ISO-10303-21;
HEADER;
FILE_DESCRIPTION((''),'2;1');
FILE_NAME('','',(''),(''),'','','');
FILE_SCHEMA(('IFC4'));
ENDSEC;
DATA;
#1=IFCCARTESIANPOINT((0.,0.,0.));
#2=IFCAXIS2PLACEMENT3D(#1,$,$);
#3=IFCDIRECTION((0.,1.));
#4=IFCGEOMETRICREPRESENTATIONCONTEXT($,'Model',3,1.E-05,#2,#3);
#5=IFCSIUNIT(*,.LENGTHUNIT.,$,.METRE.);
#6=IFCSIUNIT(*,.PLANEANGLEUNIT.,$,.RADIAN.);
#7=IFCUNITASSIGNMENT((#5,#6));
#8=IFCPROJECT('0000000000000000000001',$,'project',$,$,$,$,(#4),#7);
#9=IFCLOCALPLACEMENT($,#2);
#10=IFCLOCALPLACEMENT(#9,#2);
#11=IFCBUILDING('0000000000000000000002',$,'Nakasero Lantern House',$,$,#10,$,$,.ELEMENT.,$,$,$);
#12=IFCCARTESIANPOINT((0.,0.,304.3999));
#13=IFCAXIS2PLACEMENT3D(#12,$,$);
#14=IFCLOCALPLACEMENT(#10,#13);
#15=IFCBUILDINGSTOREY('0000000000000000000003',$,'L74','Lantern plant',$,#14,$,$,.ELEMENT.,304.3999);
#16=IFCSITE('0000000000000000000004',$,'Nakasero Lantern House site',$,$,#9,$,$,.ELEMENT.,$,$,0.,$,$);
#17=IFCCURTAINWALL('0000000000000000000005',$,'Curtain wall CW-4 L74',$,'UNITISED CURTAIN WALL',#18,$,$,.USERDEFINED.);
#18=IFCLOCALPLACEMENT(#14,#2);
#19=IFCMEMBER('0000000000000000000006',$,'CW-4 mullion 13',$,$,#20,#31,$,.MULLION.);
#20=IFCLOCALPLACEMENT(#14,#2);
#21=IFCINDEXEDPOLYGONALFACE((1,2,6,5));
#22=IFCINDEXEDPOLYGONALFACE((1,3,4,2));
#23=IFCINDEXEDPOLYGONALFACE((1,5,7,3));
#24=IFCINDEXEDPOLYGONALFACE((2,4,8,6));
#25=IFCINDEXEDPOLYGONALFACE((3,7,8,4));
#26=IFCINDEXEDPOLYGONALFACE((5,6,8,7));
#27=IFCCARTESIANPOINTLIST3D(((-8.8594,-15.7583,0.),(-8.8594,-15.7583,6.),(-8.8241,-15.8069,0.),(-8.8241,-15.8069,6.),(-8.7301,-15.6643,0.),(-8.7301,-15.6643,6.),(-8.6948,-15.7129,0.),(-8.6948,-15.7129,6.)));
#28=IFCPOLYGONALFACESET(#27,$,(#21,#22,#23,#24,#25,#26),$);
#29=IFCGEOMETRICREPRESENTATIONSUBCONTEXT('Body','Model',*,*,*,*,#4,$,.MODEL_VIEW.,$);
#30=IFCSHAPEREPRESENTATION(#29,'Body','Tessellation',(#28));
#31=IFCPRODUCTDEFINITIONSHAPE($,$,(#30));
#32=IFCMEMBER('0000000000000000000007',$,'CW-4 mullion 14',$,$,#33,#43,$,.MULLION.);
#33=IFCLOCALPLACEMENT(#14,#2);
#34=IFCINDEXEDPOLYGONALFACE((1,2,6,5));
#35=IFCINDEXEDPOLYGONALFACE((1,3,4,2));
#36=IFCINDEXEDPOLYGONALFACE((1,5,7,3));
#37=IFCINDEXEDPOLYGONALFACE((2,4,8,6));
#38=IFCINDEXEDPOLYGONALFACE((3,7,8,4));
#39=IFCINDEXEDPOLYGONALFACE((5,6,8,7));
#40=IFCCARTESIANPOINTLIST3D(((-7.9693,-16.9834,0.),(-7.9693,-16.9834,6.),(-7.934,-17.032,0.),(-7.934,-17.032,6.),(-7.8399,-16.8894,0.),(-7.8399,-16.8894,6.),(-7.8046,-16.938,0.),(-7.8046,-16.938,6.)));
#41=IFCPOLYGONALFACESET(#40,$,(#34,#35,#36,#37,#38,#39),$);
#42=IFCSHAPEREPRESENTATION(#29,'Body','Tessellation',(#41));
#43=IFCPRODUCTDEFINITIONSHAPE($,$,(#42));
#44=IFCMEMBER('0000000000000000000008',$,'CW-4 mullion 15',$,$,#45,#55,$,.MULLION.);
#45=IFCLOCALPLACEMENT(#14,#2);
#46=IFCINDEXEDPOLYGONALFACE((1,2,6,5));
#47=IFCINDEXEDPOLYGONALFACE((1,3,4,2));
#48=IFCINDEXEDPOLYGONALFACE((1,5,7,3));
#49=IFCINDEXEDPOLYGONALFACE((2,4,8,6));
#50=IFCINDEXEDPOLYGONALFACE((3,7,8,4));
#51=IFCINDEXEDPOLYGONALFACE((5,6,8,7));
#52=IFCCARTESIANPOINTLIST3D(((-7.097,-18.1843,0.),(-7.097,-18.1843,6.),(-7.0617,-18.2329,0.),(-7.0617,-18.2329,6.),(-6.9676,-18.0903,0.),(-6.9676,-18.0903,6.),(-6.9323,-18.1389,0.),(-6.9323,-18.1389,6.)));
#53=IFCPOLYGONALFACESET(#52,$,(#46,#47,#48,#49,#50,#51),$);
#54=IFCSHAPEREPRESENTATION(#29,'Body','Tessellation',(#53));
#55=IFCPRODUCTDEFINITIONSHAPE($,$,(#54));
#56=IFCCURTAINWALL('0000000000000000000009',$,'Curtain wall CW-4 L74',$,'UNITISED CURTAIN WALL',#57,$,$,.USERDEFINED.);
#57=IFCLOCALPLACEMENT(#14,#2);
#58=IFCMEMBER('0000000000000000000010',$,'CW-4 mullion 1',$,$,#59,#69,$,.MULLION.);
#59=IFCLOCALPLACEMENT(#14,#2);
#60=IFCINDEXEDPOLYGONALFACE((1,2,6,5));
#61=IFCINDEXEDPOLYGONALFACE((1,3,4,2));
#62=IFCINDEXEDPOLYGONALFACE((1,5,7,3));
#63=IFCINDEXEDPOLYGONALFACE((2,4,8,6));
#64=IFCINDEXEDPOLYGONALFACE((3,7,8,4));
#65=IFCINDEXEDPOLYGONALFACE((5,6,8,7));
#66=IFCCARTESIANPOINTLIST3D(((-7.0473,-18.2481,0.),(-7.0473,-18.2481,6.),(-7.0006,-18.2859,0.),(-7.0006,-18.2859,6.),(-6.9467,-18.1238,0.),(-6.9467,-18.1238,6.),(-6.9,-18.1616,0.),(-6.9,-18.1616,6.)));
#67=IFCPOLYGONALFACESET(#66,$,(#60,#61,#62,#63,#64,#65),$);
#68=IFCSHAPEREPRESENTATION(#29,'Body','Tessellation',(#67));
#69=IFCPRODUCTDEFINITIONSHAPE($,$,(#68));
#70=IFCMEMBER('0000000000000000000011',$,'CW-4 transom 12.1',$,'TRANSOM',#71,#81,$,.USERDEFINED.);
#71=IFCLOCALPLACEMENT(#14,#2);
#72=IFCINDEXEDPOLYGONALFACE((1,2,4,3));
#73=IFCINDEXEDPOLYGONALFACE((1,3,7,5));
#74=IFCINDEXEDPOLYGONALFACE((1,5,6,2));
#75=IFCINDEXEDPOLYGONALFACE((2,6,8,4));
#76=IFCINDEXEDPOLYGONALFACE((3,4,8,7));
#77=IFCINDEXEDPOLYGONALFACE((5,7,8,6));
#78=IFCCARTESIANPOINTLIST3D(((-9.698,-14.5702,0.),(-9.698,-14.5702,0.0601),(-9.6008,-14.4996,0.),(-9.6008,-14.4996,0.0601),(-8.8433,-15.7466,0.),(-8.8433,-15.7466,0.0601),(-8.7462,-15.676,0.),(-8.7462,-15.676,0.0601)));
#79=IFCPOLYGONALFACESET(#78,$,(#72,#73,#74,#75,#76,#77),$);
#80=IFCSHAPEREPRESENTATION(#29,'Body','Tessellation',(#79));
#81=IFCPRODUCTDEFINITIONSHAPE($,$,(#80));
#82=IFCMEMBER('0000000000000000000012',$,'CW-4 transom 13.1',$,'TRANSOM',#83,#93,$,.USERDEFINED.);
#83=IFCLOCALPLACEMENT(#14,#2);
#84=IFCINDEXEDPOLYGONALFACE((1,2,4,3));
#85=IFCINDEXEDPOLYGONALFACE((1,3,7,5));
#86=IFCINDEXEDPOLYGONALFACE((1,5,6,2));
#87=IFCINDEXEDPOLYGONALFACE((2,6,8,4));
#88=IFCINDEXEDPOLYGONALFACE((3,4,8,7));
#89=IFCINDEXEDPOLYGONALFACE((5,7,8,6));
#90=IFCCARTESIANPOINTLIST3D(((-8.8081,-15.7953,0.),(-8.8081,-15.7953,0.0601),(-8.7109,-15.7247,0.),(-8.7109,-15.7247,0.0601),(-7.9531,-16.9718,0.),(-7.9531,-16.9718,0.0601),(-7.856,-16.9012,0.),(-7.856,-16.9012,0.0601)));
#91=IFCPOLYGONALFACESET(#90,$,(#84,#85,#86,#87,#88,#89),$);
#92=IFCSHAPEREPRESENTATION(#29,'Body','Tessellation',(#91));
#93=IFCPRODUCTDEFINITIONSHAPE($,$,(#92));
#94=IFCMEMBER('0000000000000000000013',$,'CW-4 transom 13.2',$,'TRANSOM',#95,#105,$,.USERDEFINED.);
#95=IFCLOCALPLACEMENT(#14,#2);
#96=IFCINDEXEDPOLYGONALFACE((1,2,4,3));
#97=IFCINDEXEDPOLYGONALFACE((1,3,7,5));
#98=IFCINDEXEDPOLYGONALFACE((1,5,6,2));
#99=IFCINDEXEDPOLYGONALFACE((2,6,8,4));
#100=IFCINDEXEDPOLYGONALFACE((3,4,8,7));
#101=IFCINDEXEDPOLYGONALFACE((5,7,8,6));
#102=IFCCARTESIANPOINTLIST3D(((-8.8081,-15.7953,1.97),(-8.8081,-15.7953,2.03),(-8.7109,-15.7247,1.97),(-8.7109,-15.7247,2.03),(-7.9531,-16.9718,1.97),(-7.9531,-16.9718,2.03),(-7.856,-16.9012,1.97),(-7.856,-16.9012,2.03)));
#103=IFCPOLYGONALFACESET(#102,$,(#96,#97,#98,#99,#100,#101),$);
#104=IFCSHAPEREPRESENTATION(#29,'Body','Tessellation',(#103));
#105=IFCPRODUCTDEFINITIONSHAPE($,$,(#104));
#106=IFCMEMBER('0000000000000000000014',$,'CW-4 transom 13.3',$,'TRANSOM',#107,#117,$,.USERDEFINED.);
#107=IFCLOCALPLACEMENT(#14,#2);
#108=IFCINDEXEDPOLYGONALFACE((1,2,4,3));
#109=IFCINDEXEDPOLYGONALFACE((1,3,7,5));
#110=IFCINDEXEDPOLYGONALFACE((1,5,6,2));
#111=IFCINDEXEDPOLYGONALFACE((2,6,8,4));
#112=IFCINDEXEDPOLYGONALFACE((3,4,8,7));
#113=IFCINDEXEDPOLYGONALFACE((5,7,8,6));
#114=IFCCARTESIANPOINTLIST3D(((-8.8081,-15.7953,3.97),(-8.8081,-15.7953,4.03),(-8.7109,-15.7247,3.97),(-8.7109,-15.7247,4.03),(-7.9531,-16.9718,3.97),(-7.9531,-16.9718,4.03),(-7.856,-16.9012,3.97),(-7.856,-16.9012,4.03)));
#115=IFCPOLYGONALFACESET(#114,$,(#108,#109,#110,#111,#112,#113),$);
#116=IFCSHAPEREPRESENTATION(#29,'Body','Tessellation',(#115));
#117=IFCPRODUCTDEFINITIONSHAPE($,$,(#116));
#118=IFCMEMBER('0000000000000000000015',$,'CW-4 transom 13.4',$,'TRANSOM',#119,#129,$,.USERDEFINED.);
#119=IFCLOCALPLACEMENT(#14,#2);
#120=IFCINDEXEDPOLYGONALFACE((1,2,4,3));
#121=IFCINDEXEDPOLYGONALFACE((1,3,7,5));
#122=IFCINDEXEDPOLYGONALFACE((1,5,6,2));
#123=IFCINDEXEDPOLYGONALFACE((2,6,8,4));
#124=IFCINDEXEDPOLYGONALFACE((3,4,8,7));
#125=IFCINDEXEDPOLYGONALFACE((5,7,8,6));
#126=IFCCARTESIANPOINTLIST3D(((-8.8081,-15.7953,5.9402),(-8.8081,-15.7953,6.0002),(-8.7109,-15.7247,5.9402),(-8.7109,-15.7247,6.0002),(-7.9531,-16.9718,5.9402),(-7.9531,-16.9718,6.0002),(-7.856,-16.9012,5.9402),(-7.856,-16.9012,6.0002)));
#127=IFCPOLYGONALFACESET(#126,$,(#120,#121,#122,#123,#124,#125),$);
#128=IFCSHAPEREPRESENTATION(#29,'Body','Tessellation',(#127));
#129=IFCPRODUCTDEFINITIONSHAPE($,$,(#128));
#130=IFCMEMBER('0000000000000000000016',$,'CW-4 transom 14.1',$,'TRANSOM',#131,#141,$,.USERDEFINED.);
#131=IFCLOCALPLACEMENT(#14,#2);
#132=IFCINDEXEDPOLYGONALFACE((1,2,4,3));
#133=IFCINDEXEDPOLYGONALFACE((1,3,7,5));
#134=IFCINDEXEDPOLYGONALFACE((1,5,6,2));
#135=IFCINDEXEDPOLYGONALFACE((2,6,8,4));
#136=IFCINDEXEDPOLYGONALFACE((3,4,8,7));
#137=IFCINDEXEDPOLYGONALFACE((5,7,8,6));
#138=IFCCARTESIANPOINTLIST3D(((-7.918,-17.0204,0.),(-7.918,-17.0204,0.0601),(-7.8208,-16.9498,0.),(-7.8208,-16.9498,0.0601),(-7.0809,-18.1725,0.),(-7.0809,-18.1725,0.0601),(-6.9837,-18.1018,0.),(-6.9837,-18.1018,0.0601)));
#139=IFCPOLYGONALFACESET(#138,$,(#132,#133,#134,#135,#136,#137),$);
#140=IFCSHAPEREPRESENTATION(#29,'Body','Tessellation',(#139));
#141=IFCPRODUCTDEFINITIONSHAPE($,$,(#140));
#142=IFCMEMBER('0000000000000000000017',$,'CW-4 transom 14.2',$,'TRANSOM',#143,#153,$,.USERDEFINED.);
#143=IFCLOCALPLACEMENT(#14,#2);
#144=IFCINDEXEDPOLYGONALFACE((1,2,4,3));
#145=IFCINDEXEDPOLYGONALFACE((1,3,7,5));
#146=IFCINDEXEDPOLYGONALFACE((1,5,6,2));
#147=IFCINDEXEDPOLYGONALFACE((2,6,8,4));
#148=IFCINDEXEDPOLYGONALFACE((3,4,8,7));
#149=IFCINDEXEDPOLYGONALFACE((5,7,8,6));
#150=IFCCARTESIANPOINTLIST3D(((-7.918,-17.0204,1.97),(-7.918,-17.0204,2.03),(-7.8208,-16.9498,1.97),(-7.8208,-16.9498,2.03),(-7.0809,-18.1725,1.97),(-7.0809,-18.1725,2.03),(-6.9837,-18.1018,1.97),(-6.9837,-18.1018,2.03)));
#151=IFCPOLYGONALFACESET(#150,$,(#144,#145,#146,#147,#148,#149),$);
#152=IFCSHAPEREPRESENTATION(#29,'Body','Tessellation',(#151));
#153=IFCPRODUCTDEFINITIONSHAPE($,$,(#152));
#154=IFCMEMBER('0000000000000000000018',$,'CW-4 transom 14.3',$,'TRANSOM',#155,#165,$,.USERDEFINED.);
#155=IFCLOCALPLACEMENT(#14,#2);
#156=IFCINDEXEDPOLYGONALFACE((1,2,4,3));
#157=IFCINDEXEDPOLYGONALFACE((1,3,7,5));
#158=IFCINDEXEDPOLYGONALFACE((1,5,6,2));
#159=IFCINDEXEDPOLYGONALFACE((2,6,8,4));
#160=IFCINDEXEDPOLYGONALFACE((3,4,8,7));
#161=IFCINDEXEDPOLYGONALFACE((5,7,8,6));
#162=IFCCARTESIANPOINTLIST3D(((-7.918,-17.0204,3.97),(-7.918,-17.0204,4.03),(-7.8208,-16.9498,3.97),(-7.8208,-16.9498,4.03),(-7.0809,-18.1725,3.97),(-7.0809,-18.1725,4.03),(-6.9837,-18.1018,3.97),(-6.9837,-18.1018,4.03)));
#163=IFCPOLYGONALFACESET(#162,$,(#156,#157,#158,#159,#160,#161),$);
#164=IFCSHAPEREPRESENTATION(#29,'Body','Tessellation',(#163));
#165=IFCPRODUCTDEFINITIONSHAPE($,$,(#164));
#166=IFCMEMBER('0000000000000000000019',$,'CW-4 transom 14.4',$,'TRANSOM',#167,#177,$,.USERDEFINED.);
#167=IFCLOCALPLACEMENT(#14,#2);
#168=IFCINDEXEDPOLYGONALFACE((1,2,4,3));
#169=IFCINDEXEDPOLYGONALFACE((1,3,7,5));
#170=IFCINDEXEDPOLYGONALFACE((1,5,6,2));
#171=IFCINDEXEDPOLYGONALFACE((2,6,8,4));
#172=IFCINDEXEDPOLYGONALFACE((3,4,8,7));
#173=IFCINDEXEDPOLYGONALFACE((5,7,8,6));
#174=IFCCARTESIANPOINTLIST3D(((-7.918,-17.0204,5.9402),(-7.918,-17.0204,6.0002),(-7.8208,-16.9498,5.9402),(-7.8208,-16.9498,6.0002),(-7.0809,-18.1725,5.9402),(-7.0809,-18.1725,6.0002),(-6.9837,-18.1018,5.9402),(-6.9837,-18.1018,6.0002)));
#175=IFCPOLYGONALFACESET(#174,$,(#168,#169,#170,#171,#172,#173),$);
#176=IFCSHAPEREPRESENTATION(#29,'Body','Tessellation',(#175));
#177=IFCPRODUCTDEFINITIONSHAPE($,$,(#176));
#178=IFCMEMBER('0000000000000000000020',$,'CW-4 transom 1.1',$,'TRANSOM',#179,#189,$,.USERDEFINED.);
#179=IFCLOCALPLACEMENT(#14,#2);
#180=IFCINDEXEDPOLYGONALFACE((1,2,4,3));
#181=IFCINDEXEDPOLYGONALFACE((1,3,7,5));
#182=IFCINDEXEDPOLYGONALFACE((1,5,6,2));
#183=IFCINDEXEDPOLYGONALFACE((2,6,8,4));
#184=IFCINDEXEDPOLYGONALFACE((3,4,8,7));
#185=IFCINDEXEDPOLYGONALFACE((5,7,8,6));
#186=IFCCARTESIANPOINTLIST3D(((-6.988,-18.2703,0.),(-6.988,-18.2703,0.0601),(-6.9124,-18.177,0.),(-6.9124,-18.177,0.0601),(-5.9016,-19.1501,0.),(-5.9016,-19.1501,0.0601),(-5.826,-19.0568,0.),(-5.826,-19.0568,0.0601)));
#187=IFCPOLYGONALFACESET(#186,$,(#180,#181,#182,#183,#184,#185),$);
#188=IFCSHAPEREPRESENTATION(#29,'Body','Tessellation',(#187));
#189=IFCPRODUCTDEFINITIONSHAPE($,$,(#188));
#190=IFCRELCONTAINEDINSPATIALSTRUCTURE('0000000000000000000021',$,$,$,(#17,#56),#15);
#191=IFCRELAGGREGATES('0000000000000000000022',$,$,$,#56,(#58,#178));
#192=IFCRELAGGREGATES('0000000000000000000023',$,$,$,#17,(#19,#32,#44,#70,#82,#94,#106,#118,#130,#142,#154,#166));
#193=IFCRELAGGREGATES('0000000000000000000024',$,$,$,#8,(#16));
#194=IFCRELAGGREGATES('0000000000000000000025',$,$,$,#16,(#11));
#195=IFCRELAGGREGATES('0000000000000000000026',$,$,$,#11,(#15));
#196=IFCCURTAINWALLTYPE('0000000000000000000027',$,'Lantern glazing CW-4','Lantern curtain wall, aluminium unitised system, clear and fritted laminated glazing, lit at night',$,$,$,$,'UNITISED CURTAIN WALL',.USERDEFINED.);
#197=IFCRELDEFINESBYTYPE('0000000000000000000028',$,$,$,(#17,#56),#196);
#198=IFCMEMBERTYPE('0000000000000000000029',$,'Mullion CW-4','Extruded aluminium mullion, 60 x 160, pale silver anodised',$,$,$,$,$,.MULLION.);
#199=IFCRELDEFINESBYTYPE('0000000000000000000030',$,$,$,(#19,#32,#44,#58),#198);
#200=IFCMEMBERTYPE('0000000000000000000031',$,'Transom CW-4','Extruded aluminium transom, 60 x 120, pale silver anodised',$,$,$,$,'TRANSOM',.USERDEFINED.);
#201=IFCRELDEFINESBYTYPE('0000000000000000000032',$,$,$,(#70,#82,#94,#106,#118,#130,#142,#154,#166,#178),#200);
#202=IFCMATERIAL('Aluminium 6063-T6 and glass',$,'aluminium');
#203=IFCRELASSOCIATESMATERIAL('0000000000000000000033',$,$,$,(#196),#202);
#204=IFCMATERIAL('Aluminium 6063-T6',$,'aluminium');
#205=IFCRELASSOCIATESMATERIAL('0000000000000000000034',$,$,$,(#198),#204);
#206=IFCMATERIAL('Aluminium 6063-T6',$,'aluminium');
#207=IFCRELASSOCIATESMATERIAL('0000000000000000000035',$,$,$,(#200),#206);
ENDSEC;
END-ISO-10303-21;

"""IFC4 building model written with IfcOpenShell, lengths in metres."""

from ifc_helpers import new_model, si_unit, direction, frame, origin, origin_2d, place, context, subcontext, project, spatial, rectangle, extrude, material, material_profile, profile_set, type_object, element, aggregate, save


model = new_model("IFC4")

# Units and contexts
model_context = context("Model", 3, precision=1e-05, world=origin(), true_north=direction((0.0, 1.0)))
body_context = subcontext(model_context, "Body", "Model", "MODEL_VIEW")
ifc_project = project(units=[si_unit("LENGTHUNIT", "METRE"), si_unit("PLANEANGLEUNIT", "RADIAN")], contexts=[model_context])

# Site, building, storey
site_placement = place(None, origin())
site = spatial("IfcSite", under=ifc_project, at=site_placement, Name="Nakasero Lantern House site", CompositionType="ELEMENT", RefElevation=0.0)
building_placement = place(site_placement, origin())
building = spatial("IfcBuilding", under=site, at=building_placement, Name="Nakasero Lantern House", CompositionType="ELEMENT")
storey_placement = place(building_placement, frame((0.0, 0.0, 304.3999)))
storey = spatial("IfcBuildingStorey", under=building, at=storey_placement, Name="L74", Description="Lantern plant", CompositionType="ELEMENT", Elevation=304.3999)

# Curtain wall, members
ifc_material_1 = material(Name="Aluminium 6063-T6 and glass", Category="aluminium")
curtain_wall_type = type_object("IfcCurtainWallType", Name="Lantern glazing CW-4", Description="Lantern curtain wall, aluminium unitised system, clear and fritted laminated glazing, lit at night", ElementType="UNITISED CURTAIN WALL", PredefinedType="USERDEFINED", material=ifc_material_1)
curtain_wall_1_placement = place(storey_placement, origin())
curtain_wall_1 = element("IfcCurtainWall", 1, at=curtain_wall_1_placement, inside=storey, type_object=curtain_wall_type, Name="Curtain wall CW-4 L74", ObjectType="UNITISED CURTAIN WALL", PredefinedType="USERDEFINED")
ifc_material_2 = material(Name="Aluminium 6063-T6", Category="aluminium")
ifc_material_profile_1 = material_profile(ifc_material_2, rectangle(XDim=0.0601, YDim=0.1599, at=origin_2d()), Name="CW-4 mullion 60x160")
ifc_profile_set_1 = profile_set([ifc_material_profile_1], Name="Aluminium 6063-T6")
member_type_1 = type_object("IfcMemberType", Name="Mullion CW-4", Description="Extruded aluminium mullion, 60 x 160, pale silver anodised", PredefinedType="MULLION", material=ifc_profile_set_1)
member_1_placement = place(storey_placement, frame((-8.7771, -15.7356, 0.0), z_axis=(0.0, 0.0, 1.0), x_axis=(0.587785, -0.809017, 0.0)))
member_1 = element("IfcMember", 2, at=member_1_placement, type_object=member_type_1, Name="CW-4 mullion 13", PredefinedType="MULLION", context=body_context, shape_type="SweptSolid", body=[
    extrude(rectangle(XDim=0.0601, YDim=0.1599, at=origin_2d()), origin(), (0.0, 0.0, 1.0), 6.0),
])
member_2_placement = place(storey_placement, frame((-7.887, -16.9607, 0.0), z_axis=(0.0, 0.0, 1.0), x_axis=(0.587785, -0.809017, 0.0)))
member_2 = element("IfcMember", 3, at=member_2_placement, type_object=member_type_1, Name="CW-4 mullion 14", PredefinedType="MULLION", context=body_context, shape_type="SweptSolid", body=[
    extrude(rectangle(XDim=0.0601, YDim=0.1599, at=origin_2d()), origin(), (0.0, 0.0, 1.0), 6.0),
])
member_3_placement = place(storey_placement, frame((-7.0146, -18.1616, 0.0), z_axis=(0.0, 0.0, 1.0), x_axis=(0.587785, -0.809017, 0.0)))
member_3 = element("IfcMember", 4, at=member_3_placement, type_object=member_type_1, Name="CW-4 mullion 15", PredefinedType="MULLION", context=body_context, shape_type="SweptSolid", body=[
    extrude(rectangle(XDim=0.0601, YDim=0.1599, at=origin_2d()), origin(), (0.0, 0.0, 1.0), 6.0),
])

# Curtain wall, member
curtain_wall_2_placement = place(storey_placement, origin())
curtain_wall_2 = element("IfcCurtainWall", 5, at=curtain_wall_2_placement, inside=storey, type_object=curtain_wall_type, Name="Curtain wall CW-4 L74", ObjectType="UNITISED CURTAIN WALL", PredefinedType="USERDEFINED")
member_4_placement = place(storey_placement, frame((-6.9736, -18.2048, 0.0), z_axis=(0.0, 0.0, 1.0), x_axis=(0.777146, -0.62932, 0.0)))
member_4 = element("IfcMember", 6, at=member_4_placement, type_object=member_type_1, Name="CW-4 mullion 1", PredefinedType="MULLION", context=body_context, shape_type="SweptSolid", body=[
    extrude(rectangle(XDim=0.0601, YDim=0.1599, at=origin_2d()), origin(), (0.0, 0.0, 1.0), 6.0),
])

# Members
ifc_material_3 = material(Name="Aluminium 6063-T6", Category="aluminium")
ifc_material_profile_2 = material_profile(ifc_material_3, rectangle(XDim=0.0601, YDim=0.1201, at=origin_2d()), Name="CW-4 transom 60x120")
ifc_profile_set_2 = profile_set([ifc_material_profile_2], Name="Aluminium 6063-T6")
member_type_2 = type_object("IfcMemberType", Name="Transom CW-4", Description="Extruded aluminium transom, 60 x 120, pale silver anodised", ElementType="TRANSOM", PredefinedType="USERDEFINED", material=ifc_profile_set_2)
member_5_placement = place(storey_placement, frame((-9.6494, -14.5349, 0.03), z_axis=(0.587762, -0.809034, 0.0), x_axis=(0.0, 0.0, 1.0)))
member_5 = element("IfcMember", 7, at=member_5_placement, type_object=member_type_2, Name="CW-4 transom 12.1", ObjectType="TRANSOM", PredefinedType="USERDEFINED", context=body_context, shape_type="SweptSolid", body=[
    extrude(rectangle(XDim=0.0601, YDim=0.1201, at=origin_2d()), origin(), (0.0, 0.0, 1.0), 1.4541),
])
member_6_placement = place(storey_placement, frame((-8.7595, -15.76, 0.03), z_axis=(0.587872, -0.808954, 0.0), x_axis=(0.0, 0.0, 1.0)))
member_6 = element("IfcMember", 8, at=member_6_placement, type_object=member_type_2, Name="CW-4 transom 13.1", ObjectType="TRANSOM", PredefinedType="USERDEFINED", context=body_context, shape_type="SweptSolid", body=[
    extrude(rectangle(XDim=0.0601, YDim=0.1201, at=origin_2d()), origin(), (0.0, 0.0, 1.0), 1.4543),
])
member_7_placement = place(storey_placement, frame((-8.7595, -15.76, 2.0), z_axis=(0.587872, -0.808954, 0.0), x_axis=(0.0, 0.0, 1.0)))
member_7 = element("IfcMember", 9, at=member_7_placement, type_object=member_type_2, Name="CW-4 transom 13.2", ObjectType="TRANSOM", PredefinedType="USERDEFINED", context=body_context, shape_type="SweptSolid", body=[
    extrude(rectangle(XDim=0.0601, YDim=0.1201, at=origin_2d()), origin(), (0.0, 0.0, 1.0), 1.4543),
])
member_8_placement = place(storey_placement, frame((-8.7595, -15.76, 4.0), z_axis=(0.587872, -0.808954, 0.0), x_axis=(0.0, 0.0, 1.0)))
member_8 = element("IfcMember", 10, at=member_8_placement, type_object=member_type_2, Name="CW-4 transom 13.3", ObjectType="TRANSOM", PredefinedType="USERDEFINED", context=body_context, shape_type="SweptSolid", body=[
    extrude(rectangle(XDim=0.0601, YDim=0.1201, at=origin_2d()), origin(), (0.0, 0.0, 1.0), 1.4543),
])
member_9_placement = place(storey_placement, frame((-8.7595, -15.76, 5.9702), z_axis=(0.587872, -0.808954, 0.0), x_axis=(0.0, 0.0, 1.0)))
member_9 = element("IfcMember", 11, at=member_9_placement, type_object=member_type_2, Name="CW-4 transom 13.4", ObjectType="TRANSOM", PredefinedType="USERDEFINED", context=body_context, shape_type="SweptSolid", body=[
    extrude(rectangle(XDim=0.0601, YDim=0.1201, at=origin_2d()), origin(), (0.0, 0.0, 1.0), 1.4543),
])
member_10_placement = place(storey_placement, frame((-7.8694, -16.9851, 0.03), z_axis=(0.587835, -0.808981, 0.0), x_axis=(0.0, 0.0, 1.0)))
member_10 = element("IfcMember", 12, at=member_10_placement, type_object=member_type_2, Name="CW-4 transom 14.1", ObjectType="TRANSOM", PredefinedType="USERDEFINED", context=body_context, shape_type="SweptSolid", body=[
    extrude(rectangle(XDim=0.0601, YDim=0.1201, at=origin_2d()), origin(), (0.0, 0.0, 1.0), 1.4241),
])
member_11_placement = place(storey_placement, frame((-7.8694, -16.9851, 2.0), z_axis=(0.587835, -0.808981, 0.0), x_axis=(0.0, 0.0, 1.0)))
member_11 = element("IfcMember", 13, at=member_11_placement, type_object=member_type_2, Name="CW-4 transom 14.2", ObjectType="TRANSOM", PredefinedType="USERDEFINED", context=body_context, shape_type="SweptSolid", body=[
    extrude(rectangle(XDim=0.0601, YDim=0.1201, at=origin_2d()), origin(), (0.0, 0.0, 1.0), 1.4241),
])
member_12_placement = place(storey_placement, frame((-7.8694, -16.9851, 4.0), z_axis=(0.587835, -0.808981, 0.0), x_axis=(0.0, 0.0, 1.0)))
member_12 = element("IfcMember", 14, at=member_12_placement, type_object=member_type_2, Name="CW-4 transom 14.3", ObjectType="TRANSOM", PredefinedType="USERDEFINED", context=body_context, shape_type="SweptSolid", body=[
    extrude(rectangle(XDim=0.0601, YDim=0.1201, at=origin_2d()), origin(), (0.0, 0.0, 1.0), 1.4241),
])
member_13_placement = place(storey_placement, frame((-7.8694, -16.9851, 5.9702), z_axis=(0.587835, -0.808981, 0.0), x_axis=(0.0, 0.0, 1.0)))
member_13 = element("IfcMember", 15, at=member_13_placement, type_object=member_type_2, Name="CW-4 transom 14.4", ObjectType="TRANSOM", PredefinedType="USERDEFINED", context=body_context, shape_type="SweptSolid", body=[
    extrude(rectangle(XDim=0.0601, YDim=0.1201, at=origin_2d()), origin(), (0.0, 0.0, 1.0), 1.4241),
])
member_14_placement = place(storey_placement, frame((-6.9502, -18.2236, 0.03), z_axis=(0.777107, -0.629369, 0.0), x_axis=(0.0, 0.0, 1.0)))
member_14 = element("IfcMember", 16, at=member_14_placement, type_object=member_type_2, Name="CW-4 transom 1.1", ObjectType="TRANSOM", PredefinedType="USERDEFINED", context=body_context, shape_type="SweptSolid", body=[
    extrude(rectangle(XDim=0.0601, YDim=0.1201, at=origin_2d()), origin(), (0.0, 0.0, 1.0), 1.3979),
])
aggregate(curtain_wall_2, [member_4, member_14])

aggregate(curtain_wall_1, [member_1, member_2, member_3, member_5, member_6, member_7, member_8, member_9, member_10, member_11, member_12, member_13])

save(model, "model.ifc")
